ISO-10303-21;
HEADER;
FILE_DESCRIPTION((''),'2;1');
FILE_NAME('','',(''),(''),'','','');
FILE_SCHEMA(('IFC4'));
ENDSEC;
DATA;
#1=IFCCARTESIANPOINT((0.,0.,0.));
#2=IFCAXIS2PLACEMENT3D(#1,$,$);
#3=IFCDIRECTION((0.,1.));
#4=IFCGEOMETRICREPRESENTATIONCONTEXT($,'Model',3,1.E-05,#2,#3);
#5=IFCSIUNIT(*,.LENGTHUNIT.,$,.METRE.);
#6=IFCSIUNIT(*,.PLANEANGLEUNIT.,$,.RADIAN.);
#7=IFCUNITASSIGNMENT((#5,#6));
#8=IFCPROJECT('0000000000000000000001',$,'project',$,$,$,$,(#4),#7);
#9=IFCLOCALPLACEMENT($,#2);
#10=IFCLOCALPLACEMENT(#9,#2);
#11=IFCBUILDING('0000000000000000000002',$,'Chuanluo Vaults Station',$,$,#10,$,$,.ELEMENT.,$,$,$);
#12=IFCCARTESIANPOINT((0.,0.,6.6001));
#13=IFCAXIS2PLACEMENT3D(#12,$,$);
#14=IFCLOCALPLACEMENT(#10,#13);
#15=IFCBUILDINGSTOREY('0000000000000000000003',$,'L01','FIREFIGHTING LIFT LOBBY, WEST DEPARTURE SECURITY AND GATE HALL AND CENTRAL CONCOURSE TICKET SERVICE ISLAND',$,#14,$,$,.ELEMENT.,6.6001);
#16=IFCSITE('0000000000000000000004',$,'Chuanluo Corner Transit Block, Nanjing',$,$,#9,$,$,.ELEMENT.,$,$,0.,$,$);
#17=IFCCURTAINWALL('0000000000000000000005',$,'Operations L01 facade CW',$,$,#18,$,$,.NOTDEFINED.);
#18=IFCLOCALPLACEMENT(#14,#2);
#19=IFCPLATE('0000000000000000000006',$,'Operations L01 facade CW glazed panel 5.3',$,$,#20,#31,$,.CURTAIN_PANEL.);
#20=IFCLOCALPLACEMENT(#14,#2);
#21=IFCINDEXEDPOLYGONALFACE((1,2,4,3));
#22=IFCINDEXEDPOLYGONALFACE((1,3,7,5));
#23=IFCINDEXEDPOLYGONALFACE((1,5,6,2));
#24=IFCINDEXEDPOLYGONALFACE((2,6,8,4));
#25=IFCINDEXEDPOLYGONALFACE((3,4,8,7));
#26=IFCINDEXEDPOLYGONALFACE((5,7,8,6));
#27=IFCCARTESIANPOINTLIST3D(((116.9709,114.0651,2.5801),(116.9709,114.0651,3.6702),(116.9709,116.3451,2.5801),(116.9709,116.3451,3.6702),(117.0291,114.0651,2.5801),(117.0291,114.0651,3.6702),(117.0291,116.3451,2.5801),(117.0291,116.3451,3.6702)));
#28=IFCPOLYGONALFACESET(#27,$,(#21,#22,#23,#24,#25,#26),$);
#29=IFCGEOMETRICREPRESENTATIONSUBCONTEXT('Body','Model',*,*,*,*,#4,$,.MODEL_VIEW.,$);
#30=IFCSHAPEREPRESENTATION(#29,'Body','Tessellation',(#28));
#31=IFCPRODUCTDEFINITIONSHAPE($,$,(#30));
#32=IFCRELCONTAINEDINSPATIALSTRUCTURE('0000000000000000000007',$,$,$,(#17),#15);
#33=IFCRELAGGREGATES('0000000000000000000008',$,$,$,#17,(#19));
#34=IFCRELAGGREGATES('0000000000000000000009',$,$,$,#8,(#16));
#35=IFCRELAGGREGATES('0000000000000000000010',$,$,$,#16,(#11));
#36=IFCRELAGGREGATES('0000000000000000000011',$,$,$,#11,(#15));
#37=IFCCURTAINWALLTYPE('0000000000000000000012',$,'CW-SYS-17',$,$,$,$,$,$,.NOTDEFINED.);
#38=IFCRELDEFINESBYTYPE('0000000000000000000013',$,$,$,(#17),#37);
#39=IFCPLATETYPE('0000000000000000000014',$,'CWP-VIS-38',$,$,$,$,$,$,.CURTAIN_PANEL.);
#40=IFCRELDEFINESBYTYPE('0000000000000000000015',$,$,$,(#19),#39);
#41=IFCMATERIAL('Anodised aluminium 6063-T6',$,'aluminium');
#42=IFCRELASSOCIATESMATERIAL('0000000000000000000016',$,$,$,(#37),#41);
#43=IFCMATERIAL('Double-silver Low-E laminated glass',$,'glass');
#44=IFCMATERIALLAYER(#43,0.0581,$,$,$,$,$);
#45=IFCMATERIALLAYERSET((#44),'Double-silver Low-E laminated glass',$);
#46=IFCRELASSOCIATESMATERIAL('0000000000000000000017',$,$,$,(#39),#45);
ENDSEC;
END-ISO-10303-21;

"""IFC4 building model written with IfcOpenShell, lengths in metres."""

from ifc_helpers import new_model, si_unit, direction, frame, origin, origin_2d, place, context, subcontext, project, spatial, rectangle, extrude, material, layer, layer_set, type_object, element, aggregate, save


model = new_model("IFC4")

# Units and contexts
model_context = context("Model", 3, precision=1e-05, world=origin(), true_north=direction((0.0, 1.0)))
body_context = subcontext(model_context, "Body", "Model", "MODEL_VIEW")
ifc_project = project(units=[si_unit("LENGTHUNIT", "METRE"), si_unit("PLANEANGLEUNIT", "RADIAN")], contexts=[model_context])

# Site, building, storey
site_placement = place(None, origin())
site = spatial("IfcSite", under=ifc_project, at=site_placement, Name="Chuanluo Corner Transit Block, Nanjing", CompositionType="ELEMENT", RefElevation=0.0)
building_placement = place(site_placement, origin())
building = spatial("IfcBuilding", under=site, at=building_placement, Name="Chuanluo Vaults Station", CompositionType="ELEMENT")
storey_placement = place(building_placement, frame((0.0, 0.0, 6.6001)))
storey = spatial("IfcBuildingStorey", under=building, at=storey_placement, Name="L01", Description="FIREFIGHTING LIFT LOBBY, WEST DEPARTURE SECURITY AND GATE HALL AND CENTRAL CONCOURSE TICKET SERVICE ISLAND", CompositionType="ELEMENT", Elevation=6.6001)

# Curtain wall
ifc_material_1 = material(Name="Anodised aluminium 6063-T6", Category="aluminium")
curtain_wall_type_1 = type_object("IfcCurtainWallType", Name="CW-SYS-17", PredefinedType="NOTDEFINED", material=ifc_material_1)
curtain_wall_1_placement = place(storey_placement, origin())
curtain_wall_1 = element("IfcCurtainWall", 1, at=curtain_wall_1_placement, inside=storey, type_object=curtain_wall_type_1, Name="Operations L01 facade CW", PredefinedType="NOTDEFINED")

# Plate
ifc_material_2 = material(Name="Double-silver Low-E laminated glass", Category="glass")
ifc_layer_1 = layer(ifc_material_2, 0.0581)
ifc_layer_set_1 = layer_set([ifc_layer_1], Name="Double-silver Low-E laminated glass")
plate_type_1 = type_object("IfcPlateType", Name="CWP-VIS-38", PredefinedType="CURTAIN_PANEL", material=ifc_layer_set_1)
plate_1_placement = place(storey_placement, frame((117.0, 115.2051, 2.5801), z_axis=(0.0, 0.0, 1.0), x_axis=(0.0, 1.0, 0.0)))
plate_1 = element("IfcPlate", 2, at=plate_1_placement, type_object=plate_type_1, Name="Operations L01 facade CW glazed panel 5.3", PredefinedType="CURTAIN_PANEL", context=body_context, shape_type="SweptSolid", body=[
    extrude(rectangle(XDim=2.28, YDim=0.0581, at=origin_2d()), origin(), (0.0, 0.0, 1.0), 1.0901),
])
aggregate(curtain_wall_1, [plate_1])

save(model, "model.ifc")
